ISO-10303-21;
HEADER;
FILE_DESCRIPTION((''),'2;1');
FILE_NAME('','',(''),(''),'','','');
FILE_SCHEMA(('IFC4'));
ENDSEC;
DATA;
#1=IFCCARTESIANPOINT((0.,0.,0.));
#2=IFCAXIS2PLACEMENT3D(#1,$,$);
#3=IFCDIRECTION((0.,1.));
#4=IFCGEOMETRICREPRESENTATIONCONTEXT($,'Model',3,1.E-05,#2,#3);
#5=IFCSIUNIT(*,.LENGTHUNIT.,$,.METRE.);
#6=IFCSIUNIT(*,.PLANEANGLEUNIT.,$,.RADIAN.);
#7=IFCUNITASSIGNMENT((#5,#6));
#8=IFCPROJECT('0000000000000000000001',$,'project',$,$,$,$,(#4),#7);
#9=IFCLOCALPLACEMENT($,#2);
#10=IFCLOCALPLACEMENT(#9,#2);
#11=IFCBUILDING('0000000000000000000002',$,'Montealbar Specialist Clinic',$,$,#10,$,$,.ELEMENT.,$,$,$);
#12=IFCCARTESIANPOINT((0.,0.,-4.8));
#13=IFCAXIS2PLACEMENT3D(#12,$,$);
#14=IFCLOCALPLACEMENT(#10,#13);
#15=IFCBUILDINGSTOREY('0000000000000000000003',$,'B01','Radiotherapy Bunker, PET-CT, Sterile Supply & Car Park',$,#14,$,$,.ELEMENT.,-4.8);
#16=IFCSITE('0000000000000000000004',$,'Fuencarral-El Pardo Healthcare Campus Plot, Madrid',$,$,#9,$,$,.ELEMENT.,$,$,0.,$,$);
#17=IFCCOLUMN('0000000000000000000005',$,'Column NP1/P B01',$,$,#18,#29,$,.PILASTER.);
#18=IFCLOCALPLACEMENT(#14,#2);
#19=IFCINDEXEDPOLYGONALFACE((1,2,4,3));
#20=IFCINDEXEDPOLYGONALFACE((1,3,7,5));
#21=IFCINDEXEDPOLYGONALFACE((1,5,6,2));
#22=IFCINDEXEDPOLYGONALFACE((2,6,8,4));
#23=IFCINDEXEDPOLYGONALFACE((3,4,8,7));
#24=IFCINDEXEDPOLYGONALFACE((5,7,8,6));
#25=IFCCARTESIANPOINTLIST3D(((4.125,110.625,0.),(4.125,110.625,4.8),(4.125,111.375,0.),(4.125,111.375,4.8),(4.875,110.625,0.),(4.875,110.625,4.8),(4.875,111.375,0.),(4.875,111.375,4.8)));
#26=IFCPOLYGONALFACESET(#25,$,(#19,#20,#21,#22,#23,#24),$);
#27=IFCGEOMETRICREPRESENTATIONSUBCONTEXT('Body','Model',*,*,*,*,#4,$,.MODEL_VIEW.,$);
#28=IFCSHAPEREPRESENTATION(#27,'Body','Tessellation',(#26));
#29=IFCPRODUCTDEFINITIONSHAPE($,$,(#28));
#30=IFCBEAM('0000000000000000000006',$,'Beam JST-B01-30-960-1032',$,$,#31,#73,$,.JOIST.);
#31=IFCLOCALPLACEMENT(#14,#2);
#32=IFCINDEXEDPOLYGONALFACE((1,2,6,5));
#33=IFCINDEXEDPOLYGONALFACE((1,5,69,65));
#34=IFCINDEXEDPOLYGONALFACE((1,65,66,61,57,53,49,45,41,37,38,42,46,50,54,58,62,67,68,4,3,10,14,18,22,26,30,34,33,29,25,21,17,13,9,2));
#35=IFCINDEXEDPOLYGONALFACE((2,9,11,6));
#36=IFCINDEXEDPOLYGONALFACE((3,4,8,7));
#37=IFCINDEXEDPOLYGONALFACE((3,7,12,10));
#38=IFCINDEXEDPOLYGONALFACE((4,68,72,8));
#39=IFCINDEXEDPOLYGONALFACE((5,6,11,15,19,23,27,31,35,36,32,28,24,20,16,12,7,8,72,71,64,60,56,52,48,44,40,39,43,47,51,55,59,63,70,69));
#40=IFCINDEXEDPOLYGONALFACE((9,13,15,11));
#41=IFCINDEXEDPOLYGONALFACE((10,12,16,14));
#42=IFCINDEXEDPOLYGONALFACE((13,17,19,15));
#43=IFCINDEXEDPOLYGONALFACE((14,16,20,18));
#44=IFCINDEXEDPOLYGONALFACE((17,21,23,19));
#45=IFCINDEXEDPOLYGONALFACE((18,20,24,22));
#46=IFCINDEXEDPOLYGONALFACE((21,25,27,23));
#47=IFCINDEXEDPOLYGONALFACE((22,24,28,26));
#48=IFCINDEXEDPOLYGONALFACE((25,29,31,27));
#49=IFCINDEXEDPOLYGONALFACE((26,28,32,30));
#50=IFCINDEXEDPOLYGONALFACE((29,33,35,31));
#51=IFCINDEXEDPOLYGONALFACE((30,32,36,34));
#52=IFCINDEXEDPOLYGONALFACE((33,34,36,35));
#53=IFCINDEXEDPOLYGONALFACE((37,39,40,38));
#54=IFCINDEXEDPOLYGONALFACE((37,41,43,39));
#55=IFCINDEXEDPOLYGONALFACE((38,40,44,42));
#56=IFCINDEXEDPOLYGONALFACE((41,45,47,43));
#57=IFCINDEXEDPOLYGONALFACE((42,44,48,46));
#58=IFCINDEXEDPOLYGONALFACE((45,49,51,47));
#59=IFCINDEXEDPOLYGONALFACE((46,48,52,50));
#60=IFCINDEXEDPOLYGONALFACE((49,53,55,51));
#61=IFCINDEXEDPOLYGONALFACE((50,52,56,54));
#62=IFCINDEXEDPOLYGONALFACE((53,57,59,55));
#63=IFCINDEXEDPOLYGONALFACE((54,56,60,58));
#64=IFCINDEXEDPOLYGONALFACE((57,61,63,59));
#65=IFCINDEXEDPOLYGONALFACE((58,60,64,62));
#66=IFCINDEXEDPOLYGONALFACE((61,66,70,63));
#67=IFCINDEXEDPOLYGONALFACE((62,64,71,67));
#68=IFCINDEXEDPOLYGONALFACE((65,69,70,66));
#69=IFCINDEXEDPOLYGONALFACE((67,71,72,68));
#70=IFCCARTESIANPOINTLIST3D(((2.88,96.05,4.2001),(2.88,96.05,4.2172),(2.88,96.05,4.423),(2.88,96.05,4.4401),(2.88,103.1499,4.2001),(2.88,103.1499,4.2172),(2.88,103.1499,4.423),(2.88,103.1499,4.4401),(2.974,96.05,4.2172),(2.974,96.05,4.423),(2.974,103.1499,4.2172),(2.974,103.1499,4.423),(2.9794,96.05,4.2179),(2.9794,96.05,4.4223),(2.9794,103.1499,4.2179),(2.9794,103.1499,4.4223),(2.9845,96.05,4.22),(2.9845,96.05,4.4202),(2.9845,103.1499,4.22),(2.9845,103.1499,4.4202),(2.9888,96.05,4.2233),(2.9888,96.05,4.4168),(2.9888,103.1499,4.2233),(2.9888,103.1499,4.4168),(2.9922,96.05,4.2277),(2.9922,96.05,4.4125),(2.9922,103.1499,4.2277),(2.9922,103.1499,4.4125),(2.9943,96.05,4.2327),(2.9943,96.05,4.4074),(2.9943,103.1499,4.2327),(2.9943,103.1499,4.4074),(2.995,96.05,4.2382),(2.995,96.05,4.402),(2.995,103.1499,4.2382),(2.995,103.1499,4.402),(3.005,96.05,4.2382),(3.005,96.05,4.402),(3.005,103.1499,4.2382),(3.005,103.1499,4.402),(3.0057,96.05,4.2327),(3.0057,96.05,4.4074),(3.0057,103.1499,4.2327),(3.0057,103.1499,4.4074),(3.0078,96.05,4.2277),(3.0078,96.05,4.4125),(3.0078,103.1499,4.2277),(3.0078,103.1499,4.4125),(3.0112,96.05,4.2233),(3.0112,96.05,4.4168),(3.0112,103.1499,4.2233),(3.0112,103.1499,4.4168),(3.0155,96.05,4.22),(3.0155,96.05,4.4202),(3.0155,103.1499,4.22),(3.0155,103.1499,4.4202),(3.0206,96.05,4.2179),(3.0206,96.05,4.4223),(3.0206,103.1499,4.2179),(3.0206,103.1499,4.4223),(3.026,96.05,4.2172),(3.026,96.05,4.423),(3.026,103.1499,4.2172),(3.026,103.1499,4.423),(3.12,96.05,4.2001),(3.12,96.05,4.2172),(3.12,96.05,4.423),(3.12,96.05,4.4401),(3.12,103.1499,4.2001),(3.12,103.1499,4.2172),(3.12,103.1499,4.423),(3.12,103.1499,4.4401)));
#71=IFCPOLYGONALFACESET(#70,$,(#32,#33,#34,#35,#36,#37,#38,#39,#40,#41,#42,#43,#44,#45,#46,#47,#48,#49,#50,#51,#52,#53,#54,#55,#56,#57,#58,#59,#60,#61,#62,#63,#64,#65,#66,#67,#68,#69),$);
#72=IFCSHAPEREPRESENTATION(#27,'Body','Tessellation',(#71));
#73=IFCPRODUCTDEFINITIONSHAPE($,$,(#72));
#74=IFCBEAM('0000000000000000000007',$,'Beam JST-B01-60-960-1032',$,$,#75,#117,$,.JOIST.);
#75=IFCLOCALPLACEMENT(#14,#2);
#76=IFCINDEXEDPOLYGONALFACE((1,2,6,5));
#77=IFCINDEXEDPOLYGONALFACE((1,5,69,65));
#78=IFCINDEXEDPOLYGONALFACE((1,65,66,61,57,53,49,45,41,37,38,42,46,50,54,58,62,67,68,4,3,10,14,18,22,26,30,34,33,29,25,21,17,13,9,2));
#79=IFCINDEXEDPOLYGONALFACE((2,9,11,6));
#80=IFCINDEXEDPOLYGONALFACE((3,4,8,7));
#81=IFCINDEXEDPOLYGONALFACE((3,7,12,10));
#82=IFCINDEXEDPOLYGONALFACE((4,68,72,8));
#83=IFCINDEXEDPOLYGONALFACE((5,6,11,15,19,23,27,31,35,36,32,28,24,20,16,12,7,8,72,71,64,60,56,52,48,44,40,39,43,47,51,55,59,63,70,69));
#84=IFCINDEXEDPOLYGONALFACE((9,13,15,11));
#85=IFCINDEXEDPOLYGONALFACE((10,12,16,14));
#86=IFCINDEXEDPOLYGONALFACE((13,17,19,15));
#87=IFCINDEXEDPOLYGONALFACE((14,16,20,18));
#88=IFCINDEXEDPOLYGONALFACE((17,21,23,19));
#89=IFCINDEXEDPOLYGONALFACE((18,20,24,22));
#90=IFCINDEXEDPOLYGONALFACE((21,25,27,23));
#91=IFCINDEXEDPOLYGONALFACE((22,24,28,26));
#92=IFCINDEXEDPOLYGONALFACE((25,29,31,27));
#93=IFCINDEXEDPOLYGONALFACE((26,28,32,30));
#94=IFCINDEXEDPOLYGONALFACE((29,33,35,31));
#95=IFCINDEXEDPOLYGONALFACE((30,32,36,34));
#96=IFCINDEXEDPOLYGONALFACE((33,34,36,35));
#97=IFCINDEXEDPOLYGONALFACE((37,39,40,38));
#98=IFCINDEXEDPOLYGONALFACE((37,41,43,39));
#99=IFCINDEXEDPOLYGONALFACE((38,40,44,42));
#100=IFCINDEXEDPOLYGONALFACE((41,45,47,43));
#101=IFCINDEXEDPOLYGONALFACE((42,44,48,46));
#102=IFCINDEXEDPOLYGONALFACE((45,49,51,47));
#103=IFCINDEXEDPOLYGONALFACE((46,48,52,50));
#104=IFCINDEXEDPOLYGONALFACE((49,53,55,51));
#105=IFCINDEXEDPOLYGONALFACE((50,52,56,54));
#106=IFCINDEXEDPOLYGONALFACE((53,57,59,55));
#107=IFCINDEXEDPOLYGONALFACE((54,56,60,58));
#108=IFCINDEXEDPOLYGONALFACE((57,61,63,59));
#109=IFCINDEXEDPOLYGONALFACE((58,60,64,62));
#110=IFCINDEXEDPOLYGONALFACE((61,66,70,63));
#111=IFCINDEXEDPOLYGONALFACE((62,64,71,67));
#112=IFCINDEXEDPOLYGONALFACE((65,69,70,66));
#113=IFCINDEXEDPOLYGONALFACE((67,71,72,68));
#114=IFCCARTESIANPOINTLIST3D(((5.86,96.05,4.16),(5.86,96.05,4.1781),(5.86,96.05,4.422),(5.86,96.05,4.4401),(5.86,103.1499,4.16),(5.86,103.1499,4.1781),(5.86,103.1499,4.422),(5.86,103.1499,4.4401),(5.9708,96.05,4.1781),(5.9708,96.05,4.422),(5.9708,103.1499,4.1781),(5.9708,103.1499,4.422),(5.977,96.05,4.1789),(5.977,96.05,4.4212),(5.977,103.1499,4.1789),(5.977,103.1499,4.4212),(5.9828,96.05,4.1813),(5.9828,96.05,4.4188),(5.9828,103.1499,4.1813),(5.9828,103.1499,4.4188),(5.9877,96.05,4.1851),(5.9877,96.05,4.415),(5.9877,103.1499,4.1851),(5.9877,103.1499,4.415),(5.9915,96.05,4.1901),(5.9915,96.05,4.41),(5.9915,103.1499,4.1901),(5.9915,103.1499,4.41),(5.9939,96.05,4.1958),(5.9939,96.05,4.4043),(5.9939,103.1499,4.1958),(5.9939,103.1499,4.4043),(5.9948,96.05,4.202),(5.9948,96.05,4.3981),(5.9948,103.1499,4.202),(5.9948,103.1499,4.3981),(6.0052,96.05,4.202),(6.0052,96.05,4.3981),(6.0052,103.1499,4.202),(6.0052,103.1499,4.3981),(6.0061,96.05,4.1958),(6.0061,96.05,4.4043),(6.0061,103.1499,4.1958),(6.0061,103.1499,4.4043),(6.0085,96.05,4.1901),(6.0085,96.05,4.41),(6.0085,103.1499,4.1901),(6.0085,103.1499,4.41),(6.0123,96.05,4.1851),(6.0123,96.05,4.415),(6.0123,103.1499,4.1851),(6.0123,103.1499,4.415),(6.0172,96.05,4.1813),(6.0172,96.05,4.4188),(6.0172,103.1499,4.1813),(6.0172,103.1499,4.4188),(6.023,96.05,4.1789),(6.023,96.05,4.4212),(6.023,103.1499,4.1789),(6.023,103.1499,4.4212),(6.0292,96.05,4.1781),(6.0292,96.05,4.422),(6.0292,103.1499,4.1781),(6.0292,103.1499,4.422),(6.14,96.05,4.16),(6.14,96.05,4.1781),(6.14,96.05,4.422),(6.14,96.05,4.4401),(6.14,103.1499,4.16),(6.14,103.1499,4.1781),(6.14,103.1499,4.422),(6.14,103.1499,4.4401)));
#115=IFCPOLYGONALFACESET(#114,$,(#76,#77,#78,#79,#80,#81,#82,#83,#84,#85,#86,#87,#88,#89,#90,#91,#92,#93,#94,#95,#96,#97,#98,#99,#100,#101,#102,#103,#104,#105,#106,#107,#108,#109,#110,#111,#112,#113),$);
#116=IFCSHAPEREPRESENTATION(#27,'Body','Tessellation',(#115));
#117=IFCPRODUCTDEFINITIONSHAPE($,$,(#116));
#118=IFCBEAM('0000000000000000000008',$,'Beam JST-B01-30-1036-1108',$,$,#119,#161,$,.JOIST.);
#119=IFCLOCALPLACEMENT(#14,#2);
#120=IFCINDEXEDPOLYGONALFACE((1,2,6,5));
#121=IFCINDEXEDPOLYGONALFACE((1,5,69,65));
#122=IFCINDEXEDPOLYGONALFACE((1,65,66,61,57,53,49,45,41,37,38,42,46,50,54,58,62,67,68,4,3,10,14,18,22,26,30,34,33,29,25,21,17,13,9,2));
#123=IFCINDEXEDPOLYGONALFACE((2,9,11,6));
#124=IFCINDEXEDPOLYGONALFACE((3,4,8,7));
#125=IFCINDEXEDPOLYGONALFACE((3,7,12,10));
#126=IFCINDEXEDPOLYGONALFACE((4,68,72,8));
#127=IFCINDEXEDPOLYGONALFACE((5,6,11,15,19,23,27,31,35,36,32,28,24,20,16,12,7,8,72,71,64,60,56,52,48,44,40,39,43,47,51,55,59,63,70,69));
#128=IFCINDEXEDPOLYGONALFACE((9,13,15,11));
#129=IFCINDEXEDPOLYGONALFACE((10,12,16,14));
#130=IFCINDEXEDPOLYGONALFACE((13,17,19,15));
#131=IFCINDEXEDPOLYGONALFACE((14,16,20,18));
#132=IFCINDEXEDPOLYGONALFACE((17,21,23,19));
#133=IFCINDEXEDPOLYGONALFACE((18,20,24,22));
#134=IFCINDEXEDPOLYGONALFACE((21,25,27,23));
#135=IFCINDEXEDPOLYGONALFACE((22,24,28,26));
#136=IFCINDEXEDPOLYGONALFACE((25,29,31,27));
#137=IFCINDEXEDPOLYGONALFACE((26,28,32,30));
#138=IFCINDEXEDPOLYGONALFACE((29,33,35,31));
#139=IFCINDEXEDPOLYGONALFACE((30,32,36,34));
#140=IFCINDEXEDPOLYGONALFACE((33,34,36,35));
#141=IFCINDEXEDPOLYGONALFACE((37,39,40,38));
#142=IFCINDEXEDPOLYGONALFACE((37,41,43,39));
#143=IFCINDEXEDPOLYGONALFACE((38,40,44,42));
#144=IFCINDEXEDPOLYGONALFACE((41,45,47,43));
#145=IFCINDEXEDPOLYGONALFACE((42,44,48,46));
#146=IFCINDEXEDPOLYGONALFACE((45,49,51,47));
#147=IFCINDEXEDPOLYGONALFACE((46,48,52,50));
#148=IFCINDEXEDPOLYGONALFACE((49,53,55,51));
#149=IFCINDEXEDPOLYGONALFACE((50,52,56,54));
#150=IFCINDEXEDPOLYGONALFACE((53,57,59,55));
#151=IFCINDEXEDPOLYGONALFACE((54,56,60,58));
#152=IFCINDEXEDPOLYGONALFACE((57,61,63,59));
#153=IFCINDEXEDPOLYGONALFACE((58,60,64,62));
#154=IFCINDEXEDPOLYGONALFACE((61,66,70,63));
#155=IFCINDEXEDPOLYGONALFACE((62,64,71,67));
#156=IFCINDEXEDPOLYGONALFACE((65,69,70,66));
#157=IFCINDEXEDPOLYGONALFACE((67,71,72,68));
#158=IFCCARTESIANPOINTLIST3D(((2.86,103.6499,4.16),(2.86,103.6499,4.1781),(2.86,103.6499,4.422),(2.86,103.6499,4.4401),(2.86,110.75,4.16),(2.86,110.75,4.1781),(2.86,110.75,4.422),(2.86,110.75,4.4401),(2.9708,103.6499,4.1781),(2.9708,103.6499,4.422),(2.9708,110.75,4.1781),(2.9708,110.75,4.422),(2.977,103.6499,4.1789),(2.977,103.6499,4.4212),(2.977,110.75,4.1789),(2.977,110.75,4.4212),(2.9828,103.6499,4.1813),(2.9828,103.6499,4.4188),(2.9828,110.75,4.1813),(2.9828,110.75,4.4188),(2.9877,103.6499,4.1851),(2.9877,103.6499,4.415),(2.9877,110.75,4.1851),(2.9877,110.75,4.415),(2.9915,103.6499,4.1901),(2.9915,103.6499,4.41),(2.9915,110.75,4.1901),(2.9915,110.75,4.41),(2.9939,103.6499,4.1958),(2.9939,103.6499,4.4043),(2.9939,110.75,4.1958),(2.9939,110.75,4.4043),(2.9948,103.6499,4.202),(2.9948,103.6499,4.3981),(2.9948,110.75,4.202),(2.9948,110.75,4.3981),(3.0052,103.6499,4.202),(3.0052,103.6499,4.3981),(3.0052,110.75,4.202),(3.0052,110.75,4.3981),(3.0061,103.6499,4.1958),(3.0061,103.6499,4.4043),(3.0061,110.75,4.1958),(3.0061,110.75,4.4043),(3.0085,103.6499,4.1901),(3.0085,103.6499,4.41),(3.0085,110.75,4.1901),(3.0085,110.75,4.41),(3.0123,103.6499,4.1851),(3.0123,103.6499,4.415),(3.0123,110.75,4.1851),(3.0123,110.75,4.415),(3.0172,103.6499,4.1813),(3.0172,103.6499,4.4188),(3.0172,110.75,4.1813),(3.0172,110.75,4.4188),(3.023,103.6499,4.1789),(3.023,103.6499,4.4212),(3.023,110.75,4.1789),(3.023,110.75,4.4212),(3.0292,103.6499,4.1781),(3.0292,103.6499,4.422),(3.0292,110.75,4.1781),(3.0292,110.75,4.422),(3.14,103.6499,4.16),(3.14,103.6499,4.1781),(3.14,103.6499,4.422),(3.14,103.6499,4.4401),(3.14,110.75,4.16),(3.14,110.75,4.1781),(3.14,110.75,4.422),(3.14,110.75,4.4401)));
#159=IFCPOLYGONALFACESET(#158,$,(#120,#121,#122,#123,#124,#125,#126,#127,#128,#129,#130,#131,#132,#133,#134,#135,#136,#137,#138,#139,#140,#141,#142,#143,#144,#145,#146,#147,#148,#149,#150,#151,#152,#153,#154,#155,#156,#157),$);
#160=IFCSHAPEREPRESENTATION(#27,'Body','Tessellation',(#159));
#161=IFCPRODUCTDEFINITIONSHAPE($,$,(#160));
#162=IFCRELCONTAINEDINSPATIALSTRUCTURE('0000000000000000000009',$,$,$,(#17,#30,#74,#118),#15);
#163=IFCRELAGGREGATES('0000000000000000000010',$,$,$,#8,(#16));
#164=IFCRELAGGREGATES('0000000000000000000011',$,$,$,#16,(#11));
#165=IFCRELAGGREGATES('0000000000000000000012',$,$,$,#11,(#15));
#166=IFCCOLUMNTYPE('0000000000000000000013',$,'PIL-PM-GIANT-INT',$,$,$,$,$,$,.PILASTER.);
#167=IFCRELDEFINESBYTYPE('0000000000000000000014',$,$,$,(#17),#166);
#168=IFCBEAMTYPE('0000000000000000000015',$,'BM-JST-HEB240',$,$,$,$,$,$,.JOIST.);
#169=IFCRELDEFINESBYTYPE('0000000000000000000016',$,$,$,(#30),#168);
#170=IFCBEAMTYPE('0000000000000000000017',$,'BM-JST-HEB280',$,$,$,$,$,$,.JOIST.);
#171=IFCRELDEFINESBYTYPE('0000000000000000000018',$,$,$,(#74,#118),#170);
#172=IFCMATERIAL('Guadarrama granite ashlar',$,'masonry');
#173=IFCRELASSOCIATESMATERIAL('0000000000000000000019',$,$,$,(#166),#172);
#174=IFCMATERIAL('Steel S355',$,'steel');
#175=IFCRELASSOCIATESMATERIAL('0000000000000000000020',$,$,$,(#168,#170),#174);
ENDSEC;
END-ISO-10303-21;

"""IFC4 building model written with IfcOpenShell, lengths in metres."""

from ifc_helpers import new_model, si_unit, direction, frame, origin, origin_2d, place, context, subcontext, project, spatial, rectangle, i_section, extrude, material, material_profile, profile_set, type_object, element, save


model = new_model("IFC4")

# Units and contexts
model_context = context("Model", 3, precision=1e-05, world=origin(), true_north=direction((0.0, 1.0)))
body_context = subcontext(model_context, "Body", "Model", "MODEL_VIEW")
ifc_project = project(units=[si_unit("LENGTHUNIT", "METRE"), si_unit("PLANEANGLEUNIT", "RADIAN")], contexts=[model_context])

# Site, building, storey
site_placement = place(None, origin())
site = spatial("IfcSite", under=ifc_project, at=site_placement, Name="Fuencarral-El Pardo Healthcare Campus Plot, Madrid", CompositionType="ELEMENT", RefElevation=0.0)
building_placement = place(site_placement, origin())
building = spatial("IfcBuilding", under=site, at=building_placement, Name="Montealbar Specialist Clinic", CompositionType="ELEMENT")
storey_placement = place(building_placement, frame((0.0, 0.0, -4.8)))
storey = spatial("IfcBuildingStorey", under=building, at=storey_placement, Name="B01", Description="Radiotherapy Bunker, PET-CT, Sterile Supply & Car Park", CompositionType="ELEMENT", Elevation=-4.8)

# Column
ifc_material_1 = material(Name="Guadarrama granite ashlar", Category="masonry")
ifc_material_profile_1 = material_profile(ifc_material_1, rectangle(XDim=0.75, YDim=0.75, at=origin_2d()), Name="GRANITE PILASTER 750x750", Category="masonry")
ifc_profile_set_1 = profile_set([ifc_material_profile_1], Name="Guadarrama granite ashlar")
column_type_1 = type_object("IfcColumnType", Name="PIL-PM-GIANT-INT", PredefinedType="PILASTER", material=ifc_profile_set_1)
column_placement = place(storey_placement, frame((4.5, 111.0, 0.0), z_axis=(0.0, 0.0, 1.0), x_axis=(1.0, 0.0, 0.0)))
element("IfcColumn", 1, at=column_placement, inside=storey, type_object=column_type_1, Name="Column NP1/P B01", PredefinedType="PILASTER", context=body_context, shape_type="SweptSolid", body=[
    extrude(rectangle(XDim=0.75, YDim=0.75, at=origin_2d()), origin(), (0.0, 0.0, 1.0), 4.8),
])

# Beams
ifc_material_2 = material(Name="Steel S355", Category="steel")
ifc_material_profile_2 = material_profile(ifc_material_2, i_section(OverallWidth=0.24, OverallDepth=0.24, WebThickness=0.01, FlangeThickness=0.0171, FilletRadius=0.021, at=origin_2d()), Name="HEB 240", Category="steel")
ifc_profile_set_2 = profile_set([ifc_material_profile_2], Name="Steel S355")
beam_type_1 = type_object("IfcBeamType", Name="BM-JST-HEB240", PredefinedType="JOIST", material=ifc_profile_set_2)
beam_1_placement = place(storey_placement, frame((3.0, 96.05, 4.3201), z_axis=(0.0, 1.0, 0.0), x_axis=(-1.0, 0.0, 0.0)))
element("IfcBeam", 2, at=beam_1_placement, inside=storey, type_object=beam_type_1, Name="Beam JST-B01-30-960-1032", PredefinedType="JOIST", context=body_context, shape_type="SweptSolid", body=[
    extrude(i_section(OverallWidth=0.24, OverallDepth=0.24, WebThickness=0.01, FlangeThickness=0.0171, FilletRadius=0.021, at=origin_2d()), origin(), (0.0, 0.0, 1.0), 7.0999),
])
ifc_material_profile_3 = material_profile(ifc_material_2, i_section(OverallWidth=0.28, OverallDepth=0.28, WebThickness=0.0105, FlangeThickness=0.0181, FilletRadius=0.0239, at=origin_2d()), Name="HEB 280", Category="steel")
ifc_profile_set_3 = profile_set([ifc_material_profile_3], Name="Steel S355")
beam_type_2 = type_object("IfcBeamType", Name="BM-JST-HEB280", PredefinedType="JOIST", material=ifc_profile_set_3)
beam_2_placement = place(storey_placement, frame((6.0, 96.05, 4.3), z_axis=(0.0, 1.0, 0.0), x_axis=(-1.0, 0.0, 0.0)))
element("IfcBeam", 3, at=beam_2_placement, inside=storey, type_object=beam_type_2, Name="Beam JST-B01-60-960-1032", PredefinedType="JOIST", context=body_context, shape_type="SweptSolid", body=[
    extrude(i_section(OverallWidth=0.28, OverallDepth=0.28, WebThickness=0.0105, FlangeThickness=0.0181, FilletRadius=0.0239, at=origin_2d()), origin(), (0.0, 0.0, 1.0), 7.0999),
])
beam_3_placement = place(storey_placement, frame((3.0, 103.6499, 4.3), z_axis=(0.0, 1.0, 0.0), x_axis=(-1.0, 0.0, 0.0)))
element("IfcBeam", 4, at=beam_3_placement, inside=storey, type_object=beam_type_2, Name="Beam JST-B01-30-1036-1108", PredefinedType="JOIST", context=body_context, shape_type="SweptSolid", body=[
    extrude(i_section(OverallWidth=0.28, OverallDepth=0.28, WebThickness=0.0105, FlangeThickness=0.0181, FilletRadius=0.0239, at=origin_2d()), origin(), (0.0, 0.0, 1.0), 7.1001),
])

save(model, "model.ifc")
